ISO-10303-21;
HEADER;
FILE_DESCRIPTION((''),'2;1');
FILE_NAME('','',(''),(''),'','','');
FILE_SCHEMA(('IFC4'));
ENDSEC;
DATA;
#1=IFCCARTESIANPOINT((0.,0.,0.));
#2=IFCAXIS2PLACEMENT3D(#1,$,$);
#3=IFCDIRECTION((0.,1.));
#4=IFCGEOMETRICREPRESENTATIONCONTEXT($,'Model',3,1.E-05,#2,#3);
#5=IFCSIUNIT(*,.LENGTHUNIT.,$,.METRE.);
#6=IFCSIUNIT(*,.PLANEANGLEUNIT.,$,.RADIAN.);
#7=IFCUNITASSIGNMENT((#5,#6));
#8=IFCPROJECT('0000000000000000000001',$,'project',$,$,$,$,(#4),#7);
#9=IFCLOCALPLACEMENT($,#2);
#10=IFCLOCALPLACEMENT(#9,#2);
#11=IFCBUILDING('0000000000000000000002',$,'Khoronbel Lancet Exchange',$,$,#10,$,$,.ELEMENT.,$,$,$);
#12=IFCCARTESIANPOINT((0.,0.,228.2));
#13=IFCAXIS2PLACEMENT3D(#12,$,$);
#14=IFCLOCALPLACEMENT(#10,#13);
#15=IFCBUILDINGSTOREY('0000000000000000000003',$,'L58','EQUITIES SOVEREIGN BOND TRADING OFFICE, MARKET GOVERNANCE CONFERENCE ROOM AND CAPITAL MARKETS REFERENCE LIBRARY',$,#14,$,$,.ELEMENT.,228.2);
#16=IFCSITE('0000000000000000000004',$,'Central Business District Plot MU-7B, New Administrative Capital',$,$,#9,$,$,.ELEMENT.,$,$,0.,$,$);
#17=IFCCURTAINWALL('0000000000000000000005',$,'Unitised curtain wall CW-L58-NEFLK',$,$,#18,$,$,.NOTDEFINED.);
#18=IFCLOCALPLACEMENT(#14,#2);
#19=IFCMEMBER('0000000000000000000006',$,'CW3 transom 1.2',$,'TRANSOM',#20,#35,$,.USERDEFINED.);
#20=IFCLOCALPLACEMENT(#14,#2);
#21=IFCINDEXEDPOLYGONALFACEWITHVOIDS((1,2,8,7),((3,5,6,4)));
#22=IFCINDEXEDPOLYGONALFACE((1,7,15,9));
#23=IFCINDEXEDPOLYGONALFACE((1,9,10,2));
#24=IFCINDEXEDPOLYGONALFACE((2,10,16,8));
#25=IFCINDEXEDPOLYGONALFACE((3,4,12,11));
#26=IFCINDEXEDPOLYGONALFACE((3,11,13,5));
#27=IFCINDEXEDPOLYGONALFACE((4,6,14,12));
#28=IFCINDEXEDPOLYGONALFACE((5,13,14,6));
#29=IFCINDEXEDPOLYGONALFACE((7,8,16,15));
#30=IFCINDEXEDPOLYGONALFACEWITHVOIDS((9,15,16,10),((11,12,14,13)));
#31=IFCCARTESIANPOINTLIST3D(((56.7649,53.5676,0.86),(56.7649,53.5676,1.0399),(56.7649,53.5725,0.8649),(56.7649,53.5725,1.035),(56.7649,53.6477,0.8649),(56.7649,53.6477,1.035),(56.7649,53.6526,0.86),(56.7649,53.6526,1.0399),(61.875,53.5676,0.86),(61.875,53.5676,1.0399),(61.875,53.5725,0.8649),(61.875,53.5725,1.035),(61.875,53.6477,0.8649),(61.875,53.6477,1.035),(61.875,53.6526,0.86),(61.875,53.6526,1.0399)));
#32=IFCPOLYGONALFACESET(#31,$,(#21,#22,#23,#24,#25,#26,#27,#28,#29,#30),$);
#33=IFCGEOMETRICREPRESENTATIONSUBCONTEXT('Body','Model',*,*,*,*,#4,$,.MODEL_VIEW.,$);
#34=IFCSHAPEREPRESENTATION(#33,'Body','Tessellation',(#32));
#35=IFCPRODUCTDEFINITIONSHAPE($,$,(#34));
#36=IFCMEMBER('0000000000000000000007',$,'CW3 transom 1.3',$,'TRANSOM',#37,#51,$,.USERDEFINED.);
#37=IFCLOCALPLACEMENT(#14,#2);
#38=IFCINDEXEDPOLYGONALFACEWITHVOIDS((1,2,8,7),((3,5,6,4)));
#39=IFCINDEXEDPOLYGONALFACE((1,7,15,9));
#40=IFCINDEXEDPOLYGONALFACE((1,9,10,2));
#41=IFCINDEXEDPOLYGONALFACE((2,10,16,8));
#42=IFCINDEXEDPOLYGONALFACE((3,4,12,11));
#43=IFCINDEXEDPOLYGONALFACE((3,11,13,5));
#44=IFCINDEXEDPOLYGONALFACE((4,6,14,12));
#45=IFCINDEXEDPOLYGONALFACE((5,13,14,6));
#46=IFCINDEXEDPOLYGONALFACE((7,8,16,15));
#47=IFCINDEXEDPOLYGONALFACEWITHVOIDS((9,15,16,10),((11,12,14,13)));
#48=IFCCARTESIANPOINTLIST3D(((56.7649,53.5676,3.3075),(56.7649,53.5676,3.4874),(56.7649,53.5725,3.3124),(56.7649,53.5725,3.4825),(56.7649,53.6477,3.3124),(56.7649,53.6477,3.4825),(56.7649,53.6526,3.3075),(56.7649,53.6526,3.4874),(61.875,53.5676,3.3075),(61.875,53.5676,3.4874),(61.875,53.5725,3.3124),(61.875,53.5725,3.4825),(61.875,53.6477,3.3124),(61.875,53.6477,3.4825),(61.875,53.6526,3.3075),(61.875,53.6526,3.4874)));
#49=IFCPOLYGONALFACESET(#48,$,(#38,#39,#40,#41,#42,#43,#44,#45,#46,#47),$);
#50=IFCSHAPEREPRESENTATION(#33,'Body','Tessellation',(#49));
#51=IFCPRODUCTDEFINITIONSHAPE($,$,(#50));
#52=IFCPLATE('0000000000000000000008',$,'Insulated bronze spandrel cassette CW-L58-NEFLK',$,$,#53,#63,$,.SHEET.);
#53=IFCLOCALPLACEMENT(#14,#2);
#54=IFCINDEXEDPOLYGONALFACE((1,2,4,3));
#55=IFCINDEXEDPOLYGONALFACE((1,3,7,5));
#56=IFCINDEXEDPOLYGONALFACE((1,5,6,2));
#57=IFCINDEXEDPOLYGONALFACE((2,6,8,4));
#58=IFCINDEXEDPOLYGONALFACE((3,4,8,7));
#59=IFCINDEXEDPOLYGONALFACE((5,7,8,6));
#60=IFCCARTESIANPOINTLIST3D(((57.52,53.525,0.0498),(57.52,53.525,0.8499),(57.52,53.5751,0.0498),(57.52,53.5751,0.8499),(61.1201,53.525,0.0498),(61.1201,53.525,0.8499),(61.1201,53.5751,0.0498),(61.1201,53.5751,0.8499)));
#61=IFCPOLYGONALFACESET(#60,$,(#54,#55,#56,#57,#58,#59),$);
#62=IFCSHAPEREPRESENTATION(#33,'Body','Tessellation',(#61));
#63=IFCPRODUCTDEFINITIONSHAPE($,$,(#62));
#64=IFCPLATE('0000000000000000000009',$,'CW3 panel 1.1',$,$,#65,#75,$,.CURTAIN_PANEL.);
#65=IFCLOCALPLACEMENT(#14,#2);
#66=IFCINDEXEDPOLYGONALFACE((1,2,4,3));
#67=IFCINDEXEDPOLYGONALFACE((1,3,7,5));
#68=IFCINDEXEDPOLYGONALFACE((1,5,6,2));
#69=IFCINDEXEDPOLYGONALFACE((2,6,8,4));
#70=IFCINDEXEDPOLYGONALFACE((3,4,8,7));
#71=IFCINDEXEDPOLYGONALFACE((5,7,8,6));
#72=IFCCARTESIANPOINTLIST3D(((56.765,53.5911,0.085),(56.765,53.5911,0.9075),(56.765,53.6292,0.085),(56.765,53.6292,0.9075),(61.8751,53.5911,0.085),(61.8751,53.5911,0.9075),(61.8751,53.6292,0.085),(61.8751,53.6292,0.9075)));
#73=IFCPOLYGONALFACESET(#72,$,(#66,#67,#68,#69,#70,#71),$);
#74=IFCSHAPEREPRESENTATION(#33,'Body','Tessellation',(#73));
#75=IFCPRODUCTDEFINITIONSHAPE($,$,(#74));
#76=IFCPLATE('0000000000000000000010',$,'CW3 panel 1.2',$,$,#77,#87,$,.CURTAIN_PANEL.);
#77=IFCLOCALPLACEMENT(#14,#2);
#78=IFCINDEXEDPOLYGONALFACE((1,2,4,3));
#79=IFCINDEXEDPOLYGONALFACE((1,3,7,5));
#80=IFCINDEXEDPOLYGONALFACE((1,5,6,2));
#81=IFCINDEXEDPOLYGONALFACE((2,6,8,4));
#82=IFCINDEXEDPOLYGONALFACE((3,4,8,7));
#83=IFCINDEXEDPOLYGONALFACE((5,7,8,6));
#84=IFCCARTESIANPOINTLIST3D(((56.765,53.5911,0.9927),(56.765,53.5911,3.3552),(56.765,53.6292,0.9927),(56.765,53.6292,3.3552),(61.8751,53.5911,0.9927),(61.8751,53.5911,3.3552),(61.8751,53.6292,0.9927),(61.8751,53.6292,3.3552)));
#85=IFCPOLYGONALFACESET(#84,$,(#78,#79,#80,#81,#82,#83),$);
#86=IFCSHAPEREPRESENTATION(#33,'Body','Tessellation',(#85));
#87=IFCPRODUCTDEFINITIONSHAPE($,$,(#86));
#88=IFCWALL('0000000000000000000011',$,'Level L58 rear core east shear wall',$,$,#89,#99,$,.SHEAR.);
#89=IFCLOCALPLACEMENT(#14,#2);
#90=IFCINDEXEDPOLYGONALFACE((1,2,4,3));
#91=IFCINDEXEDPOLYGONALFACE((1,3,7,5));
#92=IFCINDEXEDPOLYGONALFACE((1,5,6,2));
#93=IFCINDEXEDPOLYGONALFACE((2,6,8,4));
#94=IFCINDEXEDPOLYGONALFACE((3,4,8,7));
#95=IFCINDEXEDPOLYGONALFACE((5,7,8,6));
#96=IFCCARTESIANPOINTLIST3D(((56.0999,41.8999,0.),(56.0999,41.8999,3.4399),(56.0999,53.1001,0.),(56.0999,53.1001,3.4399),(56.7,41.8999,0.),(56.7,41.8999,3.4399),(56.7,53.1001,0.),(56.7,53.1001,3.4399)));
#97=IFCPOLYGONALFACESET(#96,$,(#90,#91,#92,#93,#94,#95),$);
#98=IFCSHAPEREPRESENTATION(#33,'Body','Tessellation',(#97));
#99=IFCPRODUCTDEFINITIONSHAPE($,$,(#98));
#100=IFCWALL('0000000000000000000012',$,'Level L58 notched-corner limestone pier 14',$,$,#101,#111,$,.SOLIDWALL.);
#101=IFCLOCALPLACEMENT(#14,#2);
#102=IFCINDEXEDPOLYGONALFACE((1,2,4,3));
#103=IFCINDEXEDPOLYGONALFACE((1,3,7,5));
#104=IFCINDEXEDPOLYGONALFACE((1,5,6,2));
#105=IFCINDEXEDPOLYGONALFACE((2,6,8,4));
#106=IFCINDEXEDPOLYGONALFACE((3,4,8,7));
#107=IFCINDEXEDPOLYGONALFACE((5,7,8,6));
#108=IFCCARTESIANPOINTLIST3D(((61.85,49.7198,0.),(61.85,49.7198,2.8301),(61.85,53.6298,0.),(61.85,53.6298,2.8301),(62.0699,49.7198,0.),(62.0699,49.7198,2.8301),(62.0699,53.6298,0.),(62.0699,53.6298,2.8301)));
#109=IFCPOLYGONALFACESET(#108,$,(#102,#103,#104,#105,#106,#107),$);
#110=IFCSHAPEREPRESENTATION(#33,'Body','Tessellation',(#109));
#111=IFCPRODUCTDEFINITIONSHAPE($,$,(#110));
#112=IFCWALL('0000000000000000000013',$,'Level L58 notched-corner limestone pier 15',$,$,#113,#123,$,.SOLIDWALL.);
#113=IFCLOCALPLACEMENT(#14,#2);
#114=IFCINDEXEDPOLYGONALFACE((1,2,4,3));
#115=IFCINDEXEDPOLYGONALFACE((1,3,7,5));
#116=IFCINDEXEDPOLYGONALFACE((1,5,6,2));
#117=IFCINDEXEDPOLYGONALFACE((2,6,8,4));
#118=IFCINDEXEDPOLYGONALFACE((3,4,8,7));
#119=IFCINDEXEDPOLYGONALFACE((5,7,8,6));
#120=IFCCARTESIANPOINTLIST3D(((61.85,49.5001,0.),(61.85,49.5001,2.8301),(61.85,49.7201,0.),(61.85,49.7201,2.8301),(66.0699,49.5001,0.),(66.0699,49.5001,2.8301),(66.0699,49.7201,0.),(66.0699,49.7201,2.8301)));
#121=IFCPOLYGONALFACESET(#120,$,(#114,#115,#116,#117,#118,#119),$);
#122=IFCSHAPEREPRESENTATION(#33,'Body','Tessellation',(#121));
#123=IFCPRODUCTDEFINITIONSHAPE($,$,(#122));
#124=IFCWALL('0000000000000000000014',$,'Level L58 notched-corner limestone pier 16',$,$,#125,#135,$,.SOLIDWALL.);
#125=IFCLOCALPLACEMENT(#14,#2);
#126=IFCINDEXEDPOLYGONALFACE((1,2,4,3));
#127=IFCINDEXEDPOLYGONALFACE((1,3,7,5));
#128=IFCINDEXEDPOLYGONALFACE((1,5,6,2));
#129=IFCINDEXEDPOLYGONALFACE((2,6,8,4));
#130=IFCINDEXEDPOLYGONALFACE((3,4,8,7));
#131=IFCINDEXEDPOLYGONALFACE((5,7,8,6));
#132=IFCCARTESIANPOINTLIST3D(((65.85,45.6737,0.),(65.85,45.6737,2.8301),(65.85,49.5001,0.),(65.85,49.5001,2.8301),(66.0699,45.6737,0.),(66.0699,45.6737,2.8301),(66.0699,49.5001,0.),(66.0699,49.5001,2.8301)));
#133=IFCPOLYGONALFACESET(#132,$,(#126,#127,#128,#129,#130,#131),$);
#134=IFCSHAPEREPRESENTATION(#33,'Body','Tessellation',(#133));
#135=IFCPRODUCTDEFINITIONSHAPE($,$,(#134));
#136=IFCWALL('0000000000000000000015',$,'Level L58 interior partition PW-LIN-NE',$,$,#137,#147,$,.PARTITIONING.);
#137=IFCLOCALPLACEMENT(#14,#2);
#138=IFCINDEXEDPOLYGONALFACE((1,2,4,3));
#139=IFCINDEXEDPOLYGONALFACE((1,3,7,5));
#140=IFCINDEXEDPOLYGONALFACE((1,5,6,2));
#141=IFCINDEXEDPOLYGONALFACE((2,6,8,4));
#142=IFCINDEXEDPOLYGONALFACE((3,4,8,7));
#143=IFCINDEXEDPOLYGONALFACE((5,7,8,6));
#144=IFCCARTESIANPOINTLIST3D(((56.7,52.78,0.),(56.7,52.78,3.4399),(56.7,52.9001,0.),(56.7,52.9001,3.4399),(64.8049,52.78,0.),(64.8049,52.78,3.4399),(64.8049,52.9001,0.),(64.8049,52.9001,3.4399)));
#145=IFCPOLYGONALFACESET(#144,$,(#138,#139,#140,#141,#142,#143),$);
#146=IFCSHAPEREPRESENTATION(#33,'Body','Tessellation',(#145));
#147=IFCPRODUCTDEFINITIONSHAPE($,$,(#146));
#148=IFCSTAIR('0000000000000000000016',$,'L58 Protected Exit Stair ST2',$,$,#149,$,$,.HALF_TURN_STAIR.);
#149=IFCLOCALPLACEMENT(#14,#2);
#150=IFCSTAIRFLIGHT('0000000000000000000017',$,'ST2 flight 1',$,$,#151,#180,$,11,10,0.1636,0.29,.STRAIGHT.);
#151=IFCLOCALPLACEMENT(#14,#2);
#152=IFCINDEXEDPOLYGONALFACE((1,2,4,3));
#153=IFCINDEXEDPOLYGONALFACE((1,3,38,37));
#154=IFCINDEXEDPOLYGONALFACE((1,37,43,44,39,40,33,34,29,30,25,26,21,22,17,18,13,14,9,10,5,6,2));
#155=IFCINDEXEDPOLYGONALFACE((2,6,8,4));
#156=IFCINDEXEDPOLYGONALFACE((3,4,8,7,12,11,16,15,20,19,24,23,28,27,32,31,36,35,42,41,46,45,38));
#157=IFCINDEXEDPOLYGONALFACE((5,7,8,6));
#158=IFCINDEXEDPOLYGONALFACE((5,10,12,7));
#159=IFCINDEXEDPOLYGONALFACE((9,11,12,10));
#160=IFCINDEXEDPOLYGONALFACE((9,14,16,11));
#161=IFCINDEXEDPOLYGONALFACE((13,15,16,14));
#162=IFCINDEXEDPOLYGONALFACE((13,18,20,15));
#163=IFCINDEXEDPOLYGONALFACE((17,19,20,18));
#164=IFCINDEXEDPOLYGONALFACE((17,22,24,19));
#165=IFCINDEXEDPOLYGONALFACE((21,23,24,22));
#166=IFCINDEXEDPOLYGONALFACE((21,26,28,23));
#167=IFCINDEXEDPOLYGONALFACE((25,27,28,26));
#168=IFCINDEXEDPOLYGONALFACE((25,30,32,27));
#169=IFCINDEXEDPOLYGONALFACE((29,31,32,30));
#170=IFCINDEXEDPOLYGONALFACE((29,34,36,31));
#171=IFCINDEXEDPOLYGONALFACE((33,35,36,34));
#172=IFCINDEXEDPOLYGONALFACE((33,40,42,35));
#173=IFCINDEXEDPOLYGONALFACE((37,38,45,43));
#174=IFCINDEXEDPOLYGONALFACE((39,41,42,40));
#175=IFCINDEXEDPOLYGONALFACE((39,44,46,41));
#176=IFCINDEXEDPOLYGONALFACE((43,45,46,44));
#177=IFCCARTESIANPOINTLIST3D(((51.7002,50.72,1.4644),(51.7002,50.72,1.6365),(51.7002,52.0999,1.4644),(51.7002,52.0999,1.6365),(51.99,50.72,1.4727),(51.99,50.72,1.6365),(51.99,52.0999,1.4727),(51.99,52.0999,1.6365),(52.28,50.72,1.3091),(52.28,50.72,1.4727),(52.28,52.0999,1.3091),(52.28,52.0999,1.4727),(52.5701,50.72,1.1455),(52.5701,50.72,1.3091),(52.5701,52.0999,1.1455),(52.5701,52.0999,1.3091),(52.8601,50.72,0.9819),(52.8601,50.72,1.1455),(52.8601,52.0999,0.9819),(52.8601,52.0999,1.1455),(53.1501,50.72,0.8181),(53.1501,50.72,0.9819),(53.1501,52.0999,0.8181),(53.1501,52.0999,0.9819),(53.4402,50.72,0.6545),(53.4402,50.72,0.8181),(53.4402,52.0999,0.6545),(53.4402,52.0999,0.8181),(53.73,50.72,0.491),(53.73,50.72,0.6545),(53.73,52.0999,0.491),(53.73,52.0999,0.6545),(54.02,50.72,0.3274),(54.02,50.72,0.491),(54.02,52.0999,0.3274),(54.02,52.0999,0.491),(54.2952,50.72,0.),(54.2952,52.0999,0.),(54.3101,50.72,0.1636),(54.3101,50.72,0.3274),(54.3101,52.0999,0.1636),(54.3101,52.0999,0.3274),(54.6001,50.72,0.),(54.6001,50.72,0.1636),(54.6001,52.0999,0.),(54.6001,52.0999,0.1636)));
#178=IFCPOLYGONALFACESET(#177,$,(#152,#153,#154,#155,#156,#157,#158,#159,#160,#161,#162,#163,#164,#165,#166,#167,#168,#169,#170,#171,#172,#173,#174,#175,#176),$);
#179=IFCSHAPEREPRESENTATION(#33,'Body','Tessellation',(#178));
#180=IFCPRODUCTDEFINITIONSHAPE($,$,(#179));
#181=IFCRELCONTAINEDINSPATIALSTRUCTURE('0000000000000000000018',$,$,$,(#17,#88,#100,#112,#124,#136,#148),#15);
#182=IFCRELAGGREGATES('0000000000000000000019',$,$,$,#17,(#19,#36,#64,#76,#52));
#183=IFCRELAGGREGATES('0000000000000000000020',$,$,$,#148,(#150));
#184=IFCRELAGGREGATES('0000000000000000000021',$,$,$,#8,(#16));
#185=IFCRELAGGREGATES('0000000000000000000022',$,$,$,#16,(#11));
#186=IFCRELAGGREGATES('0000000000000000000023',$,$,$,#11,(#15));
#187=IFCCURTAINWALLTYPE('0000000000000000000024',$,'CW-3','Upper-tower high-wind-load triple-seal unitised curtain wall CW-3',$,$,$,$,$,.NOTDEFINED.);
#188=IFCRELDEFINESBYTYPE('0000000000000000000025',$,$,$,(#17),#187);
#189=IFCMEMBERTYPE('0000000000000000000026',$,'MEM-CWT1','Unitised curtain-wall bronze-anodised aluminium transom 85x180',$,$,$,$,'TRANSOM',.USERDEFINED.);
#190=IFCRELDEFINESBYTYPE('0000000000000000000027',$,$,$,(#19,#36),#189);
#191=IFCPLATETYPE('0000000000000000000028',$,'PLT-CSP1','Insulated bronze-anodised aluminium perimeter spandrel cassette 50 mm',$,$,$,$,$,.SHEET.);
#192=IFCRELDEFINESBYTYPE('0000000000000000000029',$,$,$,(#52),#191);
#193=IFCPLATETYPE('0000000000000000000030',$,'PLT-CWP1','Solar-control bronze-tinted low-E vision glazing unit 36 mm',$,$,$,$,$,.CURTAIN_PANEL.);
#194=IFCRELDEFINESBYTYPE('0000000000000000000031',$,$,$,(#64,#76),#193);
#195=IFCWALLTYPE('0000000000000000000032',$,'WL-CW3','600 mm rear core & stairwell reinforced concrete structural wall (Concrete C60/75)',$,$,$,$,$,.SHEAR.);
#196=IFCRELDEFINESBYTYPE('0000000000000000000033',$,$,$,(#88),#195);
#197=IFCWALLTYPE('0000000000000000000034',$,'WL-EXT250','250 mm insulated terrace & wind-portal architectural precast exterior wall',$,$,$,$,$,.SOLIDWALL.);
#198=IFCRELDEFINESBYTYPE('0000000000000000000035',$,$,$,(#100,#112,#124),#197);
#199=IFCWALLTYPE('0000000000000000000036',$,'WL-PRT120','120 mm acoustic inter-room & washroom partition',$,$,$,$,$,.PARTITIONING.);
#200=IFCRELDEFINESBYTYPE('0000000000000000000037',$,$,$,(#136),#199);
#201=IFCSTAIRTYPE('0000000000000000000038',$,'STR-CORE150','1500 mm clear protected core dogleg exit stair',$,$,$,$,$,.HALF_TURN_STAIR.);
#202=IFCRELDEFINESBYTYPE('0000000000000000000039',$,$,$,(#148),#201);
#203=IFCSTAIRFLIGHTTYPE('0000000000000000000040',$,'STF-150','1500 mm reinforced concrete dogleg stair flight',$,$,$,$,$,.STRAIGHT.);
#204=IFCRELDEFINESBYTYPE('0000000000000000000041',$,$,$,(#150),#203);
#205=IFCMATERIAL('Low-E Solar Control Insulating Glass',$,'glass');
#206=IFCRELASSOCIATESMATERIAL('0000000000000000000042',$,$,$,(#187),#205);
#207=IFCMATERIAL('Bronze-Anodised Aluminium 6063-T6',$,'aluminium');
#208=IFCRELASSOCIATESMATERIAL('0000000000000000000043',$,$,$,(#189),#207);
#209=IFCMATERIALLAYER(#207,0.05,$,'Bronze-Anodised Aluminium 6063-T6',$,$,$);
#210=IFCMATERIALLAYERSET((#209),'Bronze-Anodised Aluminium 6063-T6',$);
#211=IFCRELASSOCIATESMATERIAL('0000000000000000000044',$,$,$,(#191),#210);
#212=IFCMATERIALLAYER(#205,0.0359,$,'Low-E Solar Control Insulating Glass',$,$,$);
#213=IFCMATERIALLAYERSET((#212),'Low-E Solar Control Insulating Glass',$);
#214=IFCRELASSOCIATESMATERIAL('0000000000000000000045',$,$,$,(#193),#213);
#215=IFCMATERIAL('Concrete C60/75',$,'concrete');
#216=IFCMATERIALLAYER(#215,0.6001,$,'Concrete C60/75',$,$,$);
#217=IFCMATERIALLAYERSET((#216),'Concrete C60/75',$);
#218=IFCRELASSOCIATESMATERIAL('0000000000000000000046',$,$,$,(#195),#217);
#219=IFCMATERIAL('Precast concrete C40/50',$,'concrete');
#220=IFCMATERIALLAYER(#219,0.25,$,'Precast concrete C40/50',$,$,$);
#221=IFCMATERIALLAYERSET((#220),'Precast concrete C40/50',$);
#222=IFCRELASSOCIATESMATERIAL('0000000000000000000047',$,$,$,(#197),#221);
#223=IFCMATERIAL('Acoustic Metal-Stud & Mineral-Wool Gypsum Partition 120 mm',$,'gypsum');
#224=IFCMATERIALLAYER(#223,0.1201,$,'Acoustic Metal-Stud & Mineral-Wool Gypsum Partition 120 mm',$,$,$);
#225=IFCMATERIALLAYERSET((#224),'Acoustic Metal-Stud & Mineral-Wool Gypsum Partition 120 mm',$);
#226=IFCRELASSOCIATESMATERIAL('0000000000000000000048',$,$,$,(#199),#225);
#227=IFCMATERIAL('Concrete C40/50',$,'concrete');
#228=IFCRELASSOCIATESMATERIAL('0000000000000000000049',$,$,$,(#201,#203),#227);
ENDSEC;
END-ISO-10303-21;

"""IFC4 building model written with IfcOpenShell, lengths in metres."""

from ifc_helpers import new_model, si_unit, direction, frame, frame_2d, origin, origin_2d, place, context, subcontext, project, spatial, polyline, rectangle, hollow_rectangle, outline, extrude, material, layer, layer_set, material_profile, profile_set, type_object, element, aggregate, save


model = new_model("IFC4")

# Units and contexts
model_context = context("Model", 3, precision=1e-05, world=origin(), true_north=direction((0.0, 1.0)))
body_context = subcontext(model_context, "Body", "Model", "MODEL_VIEW")
ifc_project = project(units=[si_unit("LENGTHUNIT", "METRE"), si_unit("PLANEANGLEUNIT", "RADIAN")], contexts=[model_context])

# Site, building, storey
site_placement = place(None, origin())
site = spatial("IfcSite", under=ifc_project, at=site_placement, Name="Central Business District Plot MU-7B, New Administrative Capital", CompositionType="ELEMENT", RefElevation=0.0)
building_placement = place(site_placement, origin())
building = spatial("IfcBuilding", under=site, at=building_placement, Name="Khoronbel Lancet Exchange", CompositionType="ELEMENT")
storey_placement = place(building_placement, frame((0.0, 0.0, 228.2)))
storey = spatial("IfcBuildingStorey", under=building, at=storey_placement, Name="L58", Description="EQUITIES SOVEREIGN BOND TRADING OFFICE, MARKET GOVERNANCE CONFERENCE ROOM AND CAPITAL MARKETS REFERENCE LIBRARY", CompositionType="ELEMENT", Elevation=228.2)

# Curtain wall
ifc_material_1 = material(Name="Low-E Solar Control Insulating Glass", Category="glass")
curtain_wall_type_1 = type_object("IfcCurtainWallType", Name="CW-3", Description="Upper-tower high-wind-load triple-seal unitised curtain wall CW-3", PredefinedType="NOTDEFINED", material=ifc_material_1)
curtain_wall_1_placement = place(storey_placement, origin())
curtain_wall_1 = element("IfcCurtainWall", 1, at=curtain_wall_1_placement, inside=storey, type_object=curtain_wall_type_1, Name="Unitised curtain wall CW-L58-NEFLK", PredefinedType="NOTDEFINED")
ifc_material_2 = material(Name="Bronze-Anodised Aluminium 6063-T6", Category="aluminium")

# Members
ifc_material_profile_1 = material_profile(ifc_material_2, hollow_rectangle(XDim=0.085, YDim=0.1799, WallThickness=0.0049, at=origin_2d()), Name="ALU TRANSOM 85x180")
ifc_profile_set_1 = profile_set([ifc_material_profile_1], Name="Bronze-Anodised Aluminium 6063-T6")
member_type_1 = type_object("IfcMemberType", Name="MEM-CWT1", Description="Unitised curtain-wall bronze-anodised aluminium transom 85x180", ElementType="TRANSOM", PredefinedType="USERDEFINED", material=ifc_profile_set_1)
member_1_placement = place(storey_placement, frame((61.875, 53.6101, 0.95), z_axis=(-1.0, 0.0, 0.0), x_axis=(0.0, -1.0, 0.0)))
member_1 = element("IfcMember", 2, at=member_1_placement, type_object=member_type_1, Name="CW3 transom 1.2", ObjectType="TRANSOM", PredefinedType="USERDEFINED", context=body_context, shape_type="SweptSolid", body=[
    extrude(hollow_rectangle(XDim=0.085, YDim=0.1799, WallThickness=0.0049, at=origin_2d()), origin(), (0.0, 0.0, 1.0), 5.1101),
])
member_2_placement = place(storey_placement, frame((61.875, 53.6101, 3.3975), z_axis=(-1.0, 0.0, 0.0), x_axis=(0.0, -1.0, 0.0)))
member_2 = element("IfcMember", 3, at=member_2_placement, type_object=member_type_1, Name="CW3 transom 1.3", ObjectType="TRANSOM", PredefinedType="USERDEFINED", context=body_context, shape_type="SweptSolid", body=[
    extrude(hollow_rectangle(XDim=0.085, YDim=0.1799, WallThickness=0.0049, at=origin_2d()), origin(), (0.0, 0.0, 1.0), 5.1101),
])

# Plates
ifc_layer_1 = layer(ifc_material_2, 0.05, Name="Bronze-Anodised Aluminium 6063-T6")
ifc_layer_set_1 = layer_set([ifc_layer_1], Name="Bronze-Anodised Aluminium 6063-T6")
plate_type_1 = type_object("IfcPlateType", Name="PLT-CSP1", Description="Insulated bronze-anodised aluminium perimeter spandrel cassette 50 mm", PredefinedType="SHEET", material=ifc_layer_set_1)
plate_1_placement = place(storey_placement, frame((59.3201, 53.55, 0.0498), z_axis=(0.0, 0.0, 1.0), x_axis=(-1.0, 0.0, 0.0)))
plate_1 = element("IfcPlate", 4, at=plate_1_placement, type_object=plate_type_1, Name="Insulated bronze spandrel cassette CW-L58-NEFLK", PredefinedType="SHEET", context=body_context, shape_type="SweptSolid", body=[
    extrude(rectangle(XDim=3.6001, YDim=0.05, at=origin_2d()), origin(), (0.0, 0.0, 1.0), 0.8),
])
ifc_layer_2 = layer(ifc_material_1, 0.0359, Name="Low-E Solar Control Insulating Glass")
ifc_layer_set_2 = layer_set([ifc_layer_2], Name="Low-E Solar Control Insulating Glass")
plate_type_2 = type_object("IfcPlateType", Name="PLT-CWP1", Description="Solar-control bronze-tinted low-E vision glazing unit 36 mm", PredefinedType="CURTAIN_PANEL", material=ifc_layer_set_2)
plate_2_placement = place(storey_placement, frame((59.3201, 53.6101, 0.085), z_axis=(0.0, 0.0, 1.0), x_axis=(-1.0, 0.0, 0.0)))
plate_2 = element("IfcPlate", 5, at=plate_2_placement, type_object=plate_type_2, Name="CW3 panel 1.1", PredefinedType="CURTAIN_PANEL", context=body_context, shape_type="SweptSolid", body=[
    extrude(rectangle(XDim=5.1101, YDim=0.0381, at=origin_2d()), origin(), (0.0, 0.0, 1.0), 0.8225),
])
plate_3_placement = place(storey_placement, frame((59.3201, 53.6101, 0.9927), z_axis=(0.0, 0.0, 1.0), x_axis=(-1.0, 0.0, 0.0)))
plate_3 = element("IfcPlate", 6, at=plate_3_placement, type_object=plate_type_2, Name="CW3 panel 1.2", PredefinedType="CURTAIN_PANEL", context=body_context, shape_type="SweptSolid", body=[
    extrude(rectangle(XDim=5.1101, YDim=0.0381, at=origin_2d()), origin(), (0.0, 0.0, 1.0), 2.3625),
])
aggregate(curtain_wall_1, [member_1, member_2, plate_2, plate_3, plate_1])

# Walls
ifc_material_3 = material(Name="Concrete C60/75", Category="concrete")
ifc_layer_3 = layer(ifc_material_3, 0.6001, Name="Concrete C60/75")
ifc_layer_set_3 = layer_set([ifc_layer_3], Name="Concrete C60/75")
wall_type_1 = type_object("IfcWallType", Name="WL-CW3", Description="600 mm rear core & stairwell reinforced concrete structural wall (Concrete C60/75)", PredefinedType="SHEAR", material=ifc_layer_set_3)
wall_1_placement = place(storey_placement, frame((56.3999, 53.1001, 0.0), z_axis=(0.0, 0.0, 1.0), x_axis=(0.0, -1.0, 0.0)))
element("IfcWall", 7, at=wall_1_placement, inside=storey, type_object=wall_type_1, Name="Level L58 rear core east shear wall", PredefinedType="SHEAR", context=body_context, shape_type="SweptSolid", body=[
    extrude(rectangle(XDim=11.2002, YDim=0.6001, at=frame_2d((5.6001, 0.0))), origin(), (0.0, 0.0, 1.0), 3.4399),
])
ifc_material_4 = material(Name="Precast concrete C40/50", Category="concrete")
ifc_layer_4 = layer(ifc_material_4, 0.25, Name="Precast concrete C40/50")
ifc_layer_set_4 = layer_set([ifc_layer_4], Name="Precast concrete C40/50")
wall_type_2 = type_object("IfcWallType", Name="WL-EXT250", Description="250 mm insulated terrace & wind-portal architectural precast exterior wall", PredefinedType="SOLIDWALL", material=ifc_layer_set_4)
wall_2_placement = place(storey_placement, frame((61.96, 53.6299, 0.0), z_axis=(0.0, 0.0, 1.0), x_axis=(0.0, -1.0, 0.0)))
element("IfcWall", 8, at=wall_2_placement, inside=storey, type_object=wall_type_2, Name="Level L58 notched-corner limestone pier 14", PredefinedType="SOLIDWALL", context=body_context, shape_type="SweptSolid", body=[
    extrude(rectangle(XDim=3.9099, YDim=0.22, at=frame_2d((1.9551, 0.0))), origin(), (0.0, 0.0, 1.0), 2.8301),
])
wall_3_placement = place(storey_placement, frame((61.8501, 49.6101, 0.0), z_axis=(0.0, 0.0, 1.0), x_axis=(1.0, 0.0, 0.0)))
element("IfcWall", 9, at=wall_3_placement, inside=storey, type_object=wall_type_2, Name="Level L58 notched-corner limestone pier 15", PredefinedType="SOLIDWALL", context=body_context, shape_type="SweptSolid", body=[
    extrude(rectangle(XDim=4.22, YDim=0.22, at=frame_2d((2.1099, 0.0))), origin(), (0.0, 0.0, 1.0), 2.8301),
])
wall_4_placement = place(storey_placement, frame((65.96, 49.5, 0.0), z_axis=(0.0, 0.0, 1.0), x_axis=(0.0, -1.0, 0.0)))
element("IfcWall", 10, at=wall_4_placement, inside=storey, type_object=wall_type_2, Name="Level L58 notched-corner limestone pier 16", PredefinedType="SOLIDWALL", context=body_context, shape_type="SweptSolid", body=[
    extrude(rectangle(XDim=3.8264, YDim=0.22, at=frame_2d((1.9131, 0.0))), origin(), (0.0, 0.0, 1.0), 2.8301),
])
ifc_material_5 = material(Name="Acoustic Metal-Stud & Mineral-Wool Gypsum Partition 120 mm", Category="gypsum")
ifc_layer_5 = layer(ifc_material_5, 0.1201, Name="Acoustic Metal-Stud & Mineral-Wool Gypsum Partition 120 mm")
ifc_layer_set_5 = layer_set([ifc_layer_5], Name="Acoustic Metal-Stud & Mineral-Wool Gypsum Partition 120 mm")
wall_type_3 = type_object("IfcWallType", Name="WL-PRT120", Description="120 mm acoustic inter-room & washroom partition", PredefinedType="PARTITIONING", material=ifc_layer_set_5)
wall_5_placement = place(storey_placement, frame((56.7, 52.8401, 0.0), z_axis=(0.0, 0.0, 1.0), x_axis=(1.0, 0.0, 0.0)))
element("IfcWall", 11, at=wall_5_placement, inside=storey, type_object=wall_type_3, Name="Level L58 interior partition PW-LIN-NE", PredefinedType="PARTITIONING", context=body_context, shape_type="SweptSolid", body=[
    extrude(rectangle(XDim=8.105, YDim=0.1201, at=frame_2d((4.0525, 0.0))), origin(), (0.0, 0.0, 1.0), 3.4399),
])

# Stair, stair flight
ifc_material_6 = material(Name="Concrete C40/50", Category="concrete")
stair_type = type_object("IfcStairType", Name="STR-CORE150", Description="1500 mm clear protected core dogleg exit stair", PredefinedType="HALF_TURN_STAIR", material=ifc_material_6)
stair_placement = place(storey_placement, origin())
stair = element("IfcStair", 12, at=stair_placement, inside=storey, type_object=stair_type, Name="L58 Protected Exit Stair ST2", PredefinedType="HALF_TURN_STAIR")
stair_flight_type = type_object("IfcStairFlightType", Name="STF-150", Description="1500 mm reinforced concrete dogleg stair flight", PredefinedType="STRAIGHT", material=ifc_material_6)
stair_flight_placement = place(storey_placement, frame((54.6001, 51.4099, 0.0), z_axis=(0.0, 0.0, 1.0), x_axis=(-1.0, 0.0, 0.0)))
stair_flight = element("IfcStairFlight", 13, at=stair_flight_placement, type_object=stair_flight_type, Name="ST2 flight 1", NumberOfRisers=11, NumberOfTreads=10, PredefinedType="STRAIGHT", RiserHeight=0.1636, TreadLength=0.29, context=body_context, shape_type="SweptSolid", body=[
    extrude(outline(polyline([(0.0, 0.0), (0.0, 0.1636), (0.29, 0.1636), (0.29, 0.3274), (0.5801, 0.3274), (0.5801, 0.491), (0.8701, 0.491), (0.8701, 0.6545), (1.1599, 0.6545), (1.1599, 0.8181), (1.45, 0.8181), (1.45, 0.9819), (1.74, 0.9819), (1.74, 1.1455), (2.03, 1.1455), (2.03, 1.3091), (2.3201, 1.3091), (2.3201, 1.4727), (2.6101, 1.4727), (2.6101, 1.6365), (2.8999, 1.6365), (2.8999, 1.8), (2.8999, 1.4644), (0.3049, 0.0), (0.0, 0.0)])), frame((0.0, 0.6899, 0.0), z_axis=(0.0, -1.0, 0.0), x_axis=(1.0, 0.0, 0.0)), (0.0, 0.0, 1.0), 1.3799),
])
aggregate(stair, [stair_flight])

save(model, "model.ifc")
